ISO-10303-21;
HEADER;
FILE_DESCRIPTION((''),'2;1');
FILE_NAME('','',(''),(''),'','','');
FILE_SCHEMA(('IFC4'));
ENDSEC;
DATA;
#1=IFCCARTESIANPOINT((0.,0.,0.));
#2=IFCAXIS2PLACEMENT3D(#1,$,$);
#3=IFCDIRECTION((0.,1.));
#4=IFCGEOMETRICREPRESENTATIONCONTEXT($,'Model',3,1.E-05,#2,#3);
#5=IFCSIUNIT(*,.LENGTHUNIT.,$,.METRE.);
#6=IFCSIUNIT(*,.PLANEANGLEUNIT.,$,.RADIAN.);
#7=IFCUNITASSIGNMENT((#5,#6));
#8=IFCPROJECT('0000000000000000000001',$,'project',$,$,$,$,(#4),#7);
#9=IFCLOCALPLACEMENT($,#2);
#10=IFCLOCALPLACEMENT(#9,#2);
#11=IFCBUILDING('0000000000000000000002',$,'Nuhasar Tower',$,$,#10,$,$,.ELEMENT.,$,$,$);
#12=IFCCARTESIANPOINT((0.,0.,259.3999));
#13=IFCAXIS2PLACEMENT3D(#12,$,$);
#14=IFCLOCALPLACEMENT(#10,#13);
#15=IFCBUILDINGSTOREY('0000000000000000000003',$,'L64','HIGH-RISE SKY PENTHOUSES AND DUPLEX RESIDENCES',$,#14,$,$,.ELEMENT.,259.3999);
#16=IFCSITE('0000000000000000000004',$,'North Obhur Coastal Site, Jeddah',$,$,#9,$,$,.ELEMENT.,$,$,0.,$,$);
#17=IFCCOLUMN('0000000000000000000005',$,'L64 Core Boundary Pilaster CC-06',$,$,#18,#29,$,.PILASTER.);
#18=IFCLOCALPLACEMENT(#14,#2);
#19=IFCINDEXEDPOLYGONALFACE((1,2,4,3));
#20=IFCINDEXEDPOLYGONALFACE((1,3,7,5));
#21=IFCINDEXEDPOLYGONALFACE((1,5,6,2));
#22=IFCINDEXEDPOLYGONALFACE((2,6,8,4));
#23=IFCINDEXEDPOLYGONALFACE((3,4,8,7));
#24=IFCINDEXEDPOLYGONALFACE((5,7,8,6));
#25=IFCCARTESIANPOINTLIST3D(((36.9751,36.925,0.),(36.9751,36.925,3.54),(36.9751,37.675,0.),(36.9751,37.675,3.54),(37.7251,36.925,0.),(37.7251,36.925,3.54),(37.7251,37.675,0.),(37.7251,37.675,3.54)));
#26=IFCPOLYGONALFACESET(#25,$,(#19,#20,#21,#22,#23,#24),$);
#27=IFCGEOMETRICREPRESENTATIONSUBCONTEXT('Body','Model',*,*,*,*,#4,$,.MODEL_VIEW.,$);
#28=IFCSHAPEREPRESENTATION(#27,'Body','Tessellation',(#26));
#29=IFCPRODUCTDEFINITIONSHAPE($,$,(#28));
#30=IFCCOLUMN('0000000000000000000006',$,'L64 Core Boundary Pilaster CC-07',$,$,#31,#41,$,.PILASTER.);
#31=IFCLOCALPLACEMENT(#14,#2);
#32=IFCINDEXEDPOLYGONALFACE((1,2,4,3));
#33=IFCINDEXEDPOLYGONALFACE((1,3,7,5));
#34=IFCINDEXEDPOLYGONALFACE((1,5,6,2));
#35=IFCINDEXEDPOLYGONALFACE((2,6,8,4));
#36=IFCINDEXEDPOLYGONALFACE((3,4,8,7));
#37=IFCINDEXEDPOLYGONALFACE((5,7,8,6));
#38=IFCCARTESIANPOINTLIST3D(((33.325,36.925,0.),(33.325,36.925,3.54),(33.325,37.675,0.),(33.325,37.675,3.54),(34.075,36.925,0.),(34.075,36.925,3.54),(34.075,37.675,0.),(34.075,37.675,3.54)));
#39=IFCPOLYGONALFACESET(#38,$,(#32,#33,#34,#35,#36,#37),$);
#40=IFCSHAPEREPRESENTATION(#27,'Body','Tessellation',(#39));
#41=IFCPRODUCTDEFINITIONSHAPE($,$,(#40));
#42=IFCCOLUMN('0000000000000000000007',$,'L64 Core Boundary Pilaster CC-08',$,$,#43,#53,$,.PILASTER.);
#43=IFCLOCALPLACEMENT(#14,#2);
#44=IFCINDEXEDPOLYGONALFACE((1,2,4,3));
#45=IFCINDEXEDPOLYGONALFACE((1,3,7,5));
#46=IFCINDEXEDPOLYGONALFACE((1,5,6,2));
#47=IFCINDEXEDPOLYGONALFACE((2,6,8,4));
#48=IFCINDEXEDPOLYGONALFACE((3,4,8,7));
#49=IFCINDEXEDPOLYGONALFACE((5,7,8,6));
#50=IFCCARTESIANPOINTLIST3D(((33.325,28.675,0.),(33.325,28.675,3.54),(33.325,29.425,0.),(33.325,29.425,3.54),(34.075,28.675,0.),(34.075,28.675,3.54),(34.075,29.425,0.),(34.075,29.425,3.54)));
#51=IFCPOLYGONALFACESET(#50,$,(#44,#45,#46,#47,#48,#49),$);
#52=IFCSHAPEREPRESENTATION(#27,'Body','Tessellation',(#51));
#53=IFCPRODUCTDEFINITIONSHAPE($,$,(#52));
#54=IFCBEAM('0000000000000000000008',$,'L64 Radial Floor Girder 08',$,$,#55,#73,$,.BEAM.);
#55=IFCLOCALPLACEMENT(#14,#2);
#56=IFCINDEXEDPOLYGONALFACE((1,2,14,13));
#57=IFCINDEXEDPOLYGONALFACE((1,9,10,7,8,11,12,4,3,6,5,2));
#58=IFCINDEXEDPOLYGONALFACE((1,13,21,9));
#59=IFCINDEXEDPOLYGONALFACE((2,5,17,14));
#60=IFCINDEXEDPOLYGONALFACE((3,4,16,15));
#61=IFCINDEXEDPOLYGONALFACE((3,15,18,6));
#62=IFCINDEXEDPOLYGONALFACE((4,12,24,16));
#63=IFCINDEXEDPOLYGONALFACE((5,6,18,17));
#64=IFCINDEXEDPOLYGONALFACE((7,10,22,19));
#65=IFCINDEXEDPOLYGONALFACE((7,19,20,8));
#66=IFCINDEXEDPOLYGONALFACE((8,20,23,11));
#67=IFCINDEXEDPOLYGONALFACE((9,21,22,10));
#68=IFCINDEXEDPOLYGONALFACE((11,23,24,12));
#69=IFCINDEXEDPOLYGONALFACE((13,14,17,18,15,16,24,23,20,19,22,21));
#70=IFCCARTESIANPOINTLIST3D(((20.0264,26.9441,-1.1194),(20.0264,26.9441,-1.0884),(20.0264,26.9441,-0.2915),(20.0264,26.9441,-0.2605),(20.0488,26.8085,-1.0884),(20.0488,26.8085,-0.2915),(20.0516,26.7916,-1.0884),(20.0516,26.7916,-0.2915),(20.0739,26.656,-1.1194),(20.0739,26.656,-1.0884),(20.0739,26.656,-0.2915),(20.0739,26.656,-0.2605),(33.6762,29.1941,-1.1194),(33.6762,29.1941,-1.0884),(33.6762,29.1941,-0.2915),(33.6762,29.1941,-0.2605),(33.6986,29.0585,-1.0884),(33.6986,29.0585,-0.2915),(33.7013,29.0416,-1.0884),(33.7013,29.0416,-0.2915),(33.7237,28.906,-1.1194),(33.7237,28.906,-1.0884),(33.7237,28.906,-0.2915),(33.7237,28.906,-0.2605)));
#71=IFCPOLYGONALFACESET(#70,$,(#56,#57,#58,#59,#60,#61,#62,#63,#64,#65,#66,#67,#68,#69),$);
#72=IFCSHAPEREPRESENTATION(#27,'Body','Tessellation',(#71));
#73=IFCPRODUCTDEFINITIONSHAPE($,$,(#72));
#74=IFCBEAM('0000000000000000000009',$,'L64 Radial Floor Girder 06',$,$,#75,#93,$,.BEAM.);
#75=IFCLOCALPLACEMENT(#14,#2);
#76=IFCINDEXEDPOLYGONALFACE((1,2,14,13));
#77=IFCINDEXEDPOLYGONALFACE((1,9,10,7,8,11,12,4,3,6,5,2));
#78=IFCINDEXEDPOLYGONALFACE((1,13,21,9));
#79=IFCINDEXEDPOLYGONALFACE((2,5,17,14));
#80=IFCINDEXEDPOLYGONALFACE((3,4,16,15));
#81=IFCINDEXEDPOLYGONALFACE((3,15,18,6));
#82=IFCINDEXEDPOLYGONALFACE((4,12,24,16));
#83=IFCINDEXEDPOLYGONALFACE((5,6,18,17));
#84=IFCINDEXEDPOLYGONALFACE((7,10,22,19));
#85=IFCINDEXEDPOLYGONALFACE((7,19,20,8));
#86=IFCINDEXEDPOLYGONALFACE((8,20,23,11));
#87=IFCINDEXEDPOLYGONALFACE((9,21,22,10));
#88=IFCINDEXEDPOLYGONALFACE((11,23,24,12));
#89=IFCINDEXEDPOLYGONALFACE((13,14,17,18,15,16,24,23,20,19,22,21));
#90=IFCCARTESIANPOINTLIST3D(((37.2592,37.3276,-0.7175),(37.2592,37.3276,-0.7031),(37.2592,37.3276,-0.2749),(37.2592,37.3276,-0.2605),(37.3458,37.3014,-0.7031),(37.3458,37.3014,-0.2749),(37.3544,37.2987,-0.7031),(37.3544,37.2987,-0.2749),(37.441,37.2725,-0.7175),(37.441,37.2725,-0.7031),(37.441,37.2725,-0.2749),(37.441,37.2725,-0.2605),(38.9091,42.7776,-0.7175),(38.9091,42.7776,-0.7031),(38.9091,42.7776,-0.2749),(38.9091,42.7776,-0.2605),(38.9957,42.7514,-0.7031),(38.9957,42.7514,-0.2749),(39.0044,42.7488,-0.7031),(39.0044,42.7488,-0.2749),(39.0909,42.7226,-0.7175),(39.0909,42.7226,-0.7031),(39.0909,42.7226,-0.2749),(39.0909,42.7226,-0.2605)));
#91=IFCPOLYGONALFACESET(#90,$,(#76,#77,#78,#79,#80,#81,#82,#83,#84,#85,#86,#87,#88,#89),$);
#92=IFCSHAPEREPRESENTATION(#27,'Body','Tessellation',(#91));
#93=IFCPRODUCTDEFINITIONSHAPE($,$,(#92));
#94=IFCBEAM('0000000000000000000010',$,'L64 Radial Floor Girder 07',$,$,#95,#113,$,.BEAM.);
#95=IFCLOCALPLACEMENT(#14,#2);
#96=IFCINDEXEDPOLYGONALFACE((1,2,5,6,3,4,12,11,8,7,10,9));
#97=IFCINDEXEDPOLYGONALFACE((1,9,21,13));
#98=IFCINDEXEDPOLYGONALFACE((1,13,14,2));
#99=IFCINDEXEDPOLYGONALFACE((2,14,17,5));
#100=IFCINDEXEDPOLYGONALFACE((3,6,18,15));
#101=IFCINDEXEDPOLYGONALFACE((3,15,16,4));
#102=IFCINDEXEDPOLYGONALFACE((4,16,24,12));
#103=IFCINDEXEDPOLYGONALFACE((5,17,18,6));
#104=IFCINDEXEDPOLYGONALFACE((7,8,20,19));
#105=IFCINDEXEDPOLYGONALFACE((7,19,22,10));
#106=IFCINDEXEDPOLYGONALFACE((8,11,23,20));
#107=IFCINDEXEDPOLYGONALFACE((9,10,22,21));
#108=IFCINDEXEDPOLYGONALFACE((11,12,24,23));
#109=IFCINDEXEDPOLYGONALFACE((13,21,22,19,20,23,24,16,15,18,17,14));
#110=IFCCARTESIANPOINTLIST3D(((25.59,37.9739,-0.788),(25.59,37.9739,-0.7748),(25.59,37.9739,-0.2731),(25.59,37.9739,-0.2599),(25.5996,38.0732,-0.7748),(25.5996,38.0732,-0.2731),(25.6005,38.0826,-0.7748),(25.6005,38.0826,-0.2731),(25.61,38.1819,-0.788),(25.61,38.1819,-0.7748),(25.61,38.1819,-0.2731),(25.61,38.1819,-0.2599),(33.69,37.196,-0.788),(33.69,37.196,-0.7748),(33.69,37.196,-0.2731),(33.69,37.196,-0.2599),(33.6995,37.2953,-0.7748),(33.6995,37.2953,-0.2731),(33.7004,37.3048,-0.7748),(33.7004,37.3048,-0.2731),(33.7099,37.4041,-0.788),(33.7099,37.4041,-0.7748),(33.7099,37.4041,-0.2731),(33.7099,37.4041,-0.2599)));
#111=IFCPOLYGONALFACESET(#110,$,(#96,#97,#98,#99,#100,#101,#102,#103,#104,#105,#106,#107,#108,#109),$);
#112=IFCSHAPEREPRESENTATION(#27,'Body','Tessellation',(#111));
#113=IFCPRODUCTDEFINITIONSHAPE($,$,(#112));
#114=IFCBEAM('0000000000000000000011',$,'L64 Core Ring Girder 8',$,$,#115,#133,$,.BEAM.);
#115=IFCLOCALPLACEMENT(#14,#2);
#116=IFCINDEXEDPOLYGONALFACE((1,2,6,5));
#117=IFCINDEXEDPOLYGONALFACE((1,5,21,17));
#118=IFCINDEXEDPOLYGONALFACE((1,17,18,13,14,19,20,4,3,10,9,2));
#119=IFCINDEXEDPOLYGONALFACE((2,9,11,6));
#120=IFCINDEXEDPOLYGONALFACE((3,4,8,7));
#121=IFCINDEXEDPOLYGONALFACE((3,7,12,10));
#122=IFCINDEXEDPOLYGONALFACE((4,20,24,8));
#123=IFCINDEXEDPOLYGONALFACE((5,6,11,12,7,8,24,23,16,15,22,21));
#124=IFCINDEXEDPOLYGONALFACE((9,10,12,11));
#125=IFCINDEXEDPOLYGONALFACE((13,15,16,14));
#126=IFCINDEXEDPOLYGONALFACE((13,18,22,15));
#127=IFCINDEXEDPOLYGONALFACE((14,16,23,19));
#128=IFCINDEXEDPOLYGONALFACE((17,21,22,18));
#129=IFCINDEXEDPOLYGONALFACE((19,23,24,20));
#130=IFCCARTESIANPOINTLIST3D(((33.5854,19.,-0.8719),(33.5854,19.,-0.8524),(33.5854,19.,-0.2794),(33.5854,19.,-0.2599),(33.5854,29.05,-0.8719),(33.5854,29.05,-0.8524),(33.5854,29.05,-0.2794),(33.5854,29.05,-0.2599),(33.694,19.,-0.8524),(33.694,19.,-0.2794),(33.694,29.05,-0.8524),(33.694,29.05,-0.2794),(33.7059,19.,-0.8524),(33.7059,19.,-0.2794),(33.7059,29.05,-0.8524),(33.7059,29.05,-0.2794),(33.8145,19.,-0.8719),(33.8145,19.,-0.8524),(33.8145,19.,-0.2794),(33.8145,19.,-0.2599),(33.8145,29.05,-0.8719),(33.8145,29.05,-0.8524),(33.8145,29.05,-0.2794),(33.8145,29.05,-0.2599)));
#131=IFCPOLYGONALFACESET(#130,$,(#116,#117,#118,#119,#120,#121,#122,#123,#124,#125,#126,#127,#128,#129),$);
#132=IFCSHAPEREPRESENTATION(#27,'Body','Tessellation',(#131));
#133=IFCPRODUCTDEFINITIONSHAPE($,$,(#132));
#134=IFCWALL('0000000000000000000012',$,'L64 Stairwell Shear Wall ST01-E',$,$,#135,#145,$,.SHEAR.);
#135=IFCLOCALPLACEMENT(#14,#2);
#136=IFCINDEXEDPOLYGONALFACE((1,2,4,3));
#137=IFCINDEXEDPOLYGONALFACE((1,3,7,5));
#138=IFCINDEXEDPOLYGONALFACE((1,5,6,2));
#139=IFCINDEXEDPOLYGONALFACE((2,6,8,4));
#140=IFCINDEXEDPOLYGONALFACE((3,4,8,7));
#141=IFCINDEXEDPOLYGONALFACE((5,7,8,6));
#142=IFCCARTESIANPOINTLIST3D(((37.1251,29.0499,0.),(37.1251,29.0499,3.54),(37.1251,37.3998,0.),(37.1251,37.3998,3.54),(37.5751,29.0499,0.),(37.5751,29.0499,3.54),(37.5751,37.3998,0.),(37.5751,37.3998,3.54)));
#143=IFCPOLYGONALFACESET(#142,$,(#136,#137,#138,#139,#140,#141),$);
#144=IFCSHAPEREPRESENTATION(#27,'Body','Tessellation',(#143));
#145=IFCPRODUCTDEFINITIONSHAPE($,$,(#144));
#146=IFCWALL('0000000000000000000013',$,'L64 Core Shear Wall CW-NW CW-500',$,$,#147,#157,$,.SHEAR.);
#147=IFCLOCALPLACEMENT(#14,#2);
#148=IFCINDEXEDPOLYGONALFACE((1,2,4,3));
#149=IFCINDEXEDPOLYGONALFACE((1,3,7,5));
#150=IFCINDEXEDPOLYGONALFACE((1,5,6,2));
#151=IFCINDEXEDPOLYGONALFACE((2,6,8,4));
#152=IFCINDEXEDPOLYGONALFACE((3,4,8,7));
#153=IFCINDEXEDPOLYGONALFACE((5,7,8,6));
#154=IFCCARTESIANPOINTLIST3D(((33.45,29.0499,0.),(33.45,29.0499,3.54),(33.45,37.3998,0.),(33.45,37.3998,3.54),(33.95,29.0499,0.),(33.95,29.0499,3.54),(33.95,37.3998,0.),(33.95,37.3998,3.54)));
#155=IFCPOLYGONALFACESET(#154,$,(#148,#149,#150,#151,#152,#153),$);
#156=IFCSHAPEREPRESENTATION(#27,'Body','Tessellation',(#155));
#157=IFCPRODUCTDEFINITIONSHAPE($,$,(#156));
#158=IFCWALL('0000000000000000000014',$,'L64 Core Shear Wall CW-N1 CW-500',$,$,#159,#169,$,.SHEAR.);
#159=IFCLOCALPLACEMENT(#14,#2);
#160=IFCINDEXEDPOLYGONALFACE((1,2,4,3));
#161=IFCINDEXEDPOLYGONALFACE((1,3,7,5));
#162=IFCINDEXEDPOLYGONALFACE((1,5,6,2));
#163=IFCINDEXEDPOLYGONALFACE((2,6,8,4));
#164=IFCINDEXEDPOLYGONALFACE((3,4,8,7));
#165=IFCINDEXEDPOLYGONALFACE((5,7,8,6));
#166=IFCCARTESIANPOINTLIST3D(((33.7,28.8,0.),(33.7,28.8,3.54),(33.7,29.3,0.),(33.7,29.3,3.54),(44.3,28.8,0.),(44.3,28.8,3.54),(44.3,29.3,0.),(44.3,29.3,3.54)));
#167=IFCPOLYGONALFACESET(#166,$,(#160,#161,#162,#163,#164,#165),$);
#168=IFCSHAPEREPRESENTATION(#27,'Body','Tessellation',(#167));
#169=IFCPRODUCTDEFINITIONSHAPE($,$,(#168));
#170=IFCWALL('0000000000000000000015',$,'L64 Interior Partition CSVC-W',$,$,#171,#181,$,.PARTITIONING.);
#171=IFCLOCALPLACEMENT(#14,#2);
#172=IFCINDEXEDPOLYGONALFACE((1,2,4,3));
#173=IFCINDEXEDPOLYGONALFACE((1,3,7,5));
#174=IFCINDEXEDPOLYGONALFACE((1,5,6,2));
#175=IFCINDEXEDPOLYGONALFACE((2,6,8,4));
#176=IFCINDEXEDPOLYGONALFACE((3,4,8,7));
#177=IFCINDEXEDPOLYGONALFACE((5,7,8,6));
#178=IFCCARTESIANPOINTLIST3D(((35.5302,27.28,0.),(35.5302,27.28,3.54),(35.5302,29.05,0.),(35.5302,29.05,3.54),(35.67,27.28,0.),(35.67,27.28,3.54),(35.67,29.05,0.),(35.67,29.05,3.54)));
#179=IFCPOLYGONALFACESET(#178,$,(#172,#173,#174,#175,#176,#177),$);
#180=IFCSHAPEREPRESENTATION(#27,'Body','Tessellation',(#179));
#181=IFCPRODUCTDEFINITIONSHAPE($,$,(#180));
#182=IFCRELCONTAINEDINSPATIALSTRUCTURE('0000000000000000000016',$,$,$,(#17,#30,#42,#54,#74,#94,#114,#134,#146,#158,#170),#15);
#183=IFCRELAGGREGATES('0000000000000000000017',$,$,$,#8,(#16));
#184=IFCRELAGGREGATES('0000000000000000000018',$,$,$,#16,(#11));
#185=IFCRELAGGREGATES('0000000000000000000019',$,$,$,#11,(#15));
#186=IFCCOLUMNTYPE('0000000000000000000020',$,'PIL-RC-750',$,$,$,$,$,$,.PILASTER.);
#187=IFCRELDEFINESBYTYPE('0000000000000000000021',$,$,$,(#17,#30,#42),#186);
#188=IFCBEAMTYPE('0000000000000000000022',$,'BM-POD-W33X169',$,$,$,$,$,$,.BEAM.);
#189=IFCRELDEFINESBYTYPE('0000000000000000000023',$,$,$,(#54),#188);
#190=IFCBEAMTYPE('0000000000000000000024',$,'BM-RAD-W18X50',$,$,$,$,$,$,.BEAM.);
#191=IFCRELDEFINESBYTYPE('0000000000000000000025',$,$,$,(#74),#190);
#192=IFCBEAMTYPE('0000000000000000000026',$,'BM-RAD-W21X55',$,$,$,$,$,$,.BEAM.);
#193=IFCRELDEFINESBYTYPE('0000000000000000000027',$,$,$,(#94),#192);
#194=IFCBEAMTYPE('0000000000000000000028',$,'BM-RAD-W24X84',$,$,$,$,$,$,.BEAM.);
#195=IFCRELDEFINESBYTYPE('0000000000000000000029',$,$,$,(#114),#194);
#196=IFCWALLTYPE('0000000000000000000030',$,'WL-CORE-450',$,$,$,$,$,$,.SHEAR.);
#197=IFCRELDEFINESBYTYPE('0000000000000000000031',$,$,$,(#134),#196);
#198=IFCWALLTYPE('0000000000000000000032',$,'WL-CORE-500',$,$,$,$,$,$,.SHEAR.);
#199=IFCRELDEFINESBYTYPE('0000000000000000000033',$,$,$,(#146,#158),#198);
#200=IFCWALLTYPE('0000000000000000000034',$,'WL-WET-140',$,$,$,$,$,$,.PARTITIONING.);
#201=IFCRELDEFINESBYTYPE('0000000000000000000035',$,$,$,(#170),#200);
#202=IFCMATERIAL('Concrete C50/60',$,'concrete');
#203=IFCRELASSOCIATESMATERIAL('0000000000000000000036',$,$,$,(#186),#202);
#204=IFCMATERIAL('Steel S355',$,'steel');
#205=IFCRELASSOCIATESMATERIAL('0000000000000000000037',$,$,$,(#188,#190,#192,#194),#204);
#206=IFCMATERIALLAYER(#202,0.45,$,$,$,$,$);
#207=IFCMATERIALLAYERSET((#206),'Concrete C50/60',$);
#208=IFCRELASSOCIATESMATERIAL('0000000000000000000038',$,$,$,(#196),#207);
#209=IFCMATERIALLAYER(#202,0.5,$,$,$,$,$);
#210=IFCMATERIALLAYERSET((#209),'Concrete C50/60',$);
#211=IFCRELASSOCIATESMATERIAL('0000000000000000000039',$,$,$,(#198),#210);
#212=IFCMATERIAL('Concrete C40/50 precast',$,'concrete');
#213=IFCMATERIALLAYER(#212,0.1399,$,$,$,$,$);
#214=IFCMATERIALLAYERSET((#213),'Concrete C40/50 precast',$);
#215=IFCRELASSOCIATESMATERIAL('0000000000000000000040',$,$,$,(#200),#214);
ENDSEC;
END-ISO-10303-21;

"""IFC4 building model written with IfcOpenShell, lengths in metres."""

from ifc_helpers import new_model, si_unit, direction, frame, frame_2d, origin, origin_2d, place, context, subcontext, project, spatial, rectangle, i_section, extrude, material, layer, layer_set, material_profile, profile_set, type_object, element, save


model = new_model("IFC4")

# Units and contexts
model_context = context("Model", 3, precision=1e-05, world=origin(), true_north=direction((0.0, 1.0)))
body_context = subcontext(model_context, "Body", "Model", "MODEL_VIEW")
ifc_project = project(units=[si_unit("LENGTHUNIT", "METRE"), si_unit("PLANEANGLEUNIT", "RADIAN")], contexts=[model_context])

# Site, building, storey
site_placement = place(None, origin())
site = spatial("IfcSite", under=ifc_project, at=site_placement, Name="North Obhur Coastal Site, Jeddah", CompositionType="ELEMENT", RefElevation=0.0)
building_placement = place(site_placement, origin())
building = spatial("IfcBuilding", under=site, at=building_placement, Name="Nuhasar Tower", CompositionType="ELEMENT")
storey_placement = place(building_placement, frame((0.0, 0.0, 259.3999)))
storey = spatial("IfcBuildingStorey", under=building, at=storey_placement, Name="L64", Description="HIGH-RISE SKY PENTHOUSES AND DUPLEX RESIDENCES", CompositionType="ELEMENT", Elevation=259.3999)

# Columns
ifc_material_1 = material(Name="Concrete C50/60", Category="concrete")
ifc_material_profile_1 = material_profile(ifc_material_1, rectangle(XDim=0.75, YDim=0.75, at=origin_2d()), Name="RC750X750")
ifc_profile_set_1 = profile_set([ifc_material_profile_1], Name="Concrete C50/60")
column_type = type_object("IfcColumnType", Name="PIL-RC-750", PredefinedType="PILASTER", material=ifc_profile_set_1)
for number, where, z_axis, x_axis, name in (
    (1, (37.3501, 37.3, 0.0), (0.0, 0.0, 1.0), (1.0, 0.0, 0.0), "L64 Core Boundary Pilaster CC-06"),
    (2, (33.7, 37.3, 0.0), (0.0, 0.0, 1.0), (1.0, 0.0, 0.0), "L64 Core Boundary Pilaster CC-07"),
    (3, (33.7, 29.05, 0.0), (0.0, 0.0, 1.0), (1.0, 0.0, 0.0), "L64 Core Boundary Pilaster CC-08"),
):
    element("IfcColumn", number, at=place(storey_placement, frame(where, z_axis=z_axis, x_axis=x_axis)), inside=storey, type_object=column_type, Name=name, PredefinedType="PILASTER", context=body_context, shape_type="SweptSolid", body=[
        extrude(rectangle(XDim=0.75, YDim=0.75, at=origin_2d()), origin(), (0.0, 0.0, 1.0), 3.54),
    ])

# Beams
ifc_material_2 = material(Name="Steel S355", Category="steel")
ifc_material_profile_2 = material_profile(ifc_material_2, i_section(OverallWidth=0.292, OverallDepth=0.8589, WebThickness=0.0171, FlangeThickness=0.031, at=origin_2d()), Name="W33X169")
ifc_profile_set_2 = profile_set([ifc_material_profile_2], Name="Steel S355")
beam_type_1 = type_object("IfcBeamType", Name="BM-POD-W33X169", PredefinedType="BEAM", material=ifc_profile_set_2)
beam_1_placement = place(storey_placement, frame((33.7, 29.05, -0.6899), z_axis=(-0.986685, -0.162642, 0.0), x_axis=(0.162642, -0.986685, 0.0)))
element("IfcBeam", 4, at=beam_1_placement, inside=storey, type_object=beam_type_1, Name="L64 Radial Floor Girder 08", PredefinedType="BEAM", context=body_context, shape_type="SweptSolid", body=[
    extrude(i_section(OverallWidth=0.292, OverallDepth=0.8589, WebThickness=0.0171, FlangeThickness=0.031, at=origin_2d()), origin(), (0.0, 0.0, 1.0), 13.834),
])
ifc_material_profile_3 = material_profile(ifc_material_2, i_section(OverallWidth=0.1899, OverallDepth=0.457, WebThickness=0.009, FlangeThickness=0.0144, at=origin_2d()), Name="W18X50")
ifc_profile_set_3 = profile_set([ifc_material_profile_3], Name="Steel S355")
beam_type_2 = type_object("IfcBeamType", Name="BM-RAD-W18X50", PredefinedType="BEAM", material=ifc_profile_set_3)
beam_2_placement = place(storey_placement, frame((37.3501, 37.3, -0.489), z_axis=(0.28975, 0.957102, 0.0), x_axis=(-0.957102, 0.28975, 0.0)))
element("IfcBeam", 5, at=beam_2_placement, inside=storey, type_object=beam_type_2, Name="L64 Radial Floor Girder 06", PredefinedType="BEAM", context=body_context, shape_type="SweptSolid", body=[
    extrude(i_section(OverallWidth=0.1899, OverallDepth=0.457, WebThickness=0.009, FlangeThickness=0.0144, at=origin_2d()), origin(), (0.0, 0.0, 1.0), 5.6943),
])
ifc_material_profile_4 = material_profile(ifc_material_2, i_section(OverallWidth=0.209, OverallDepth=0.5281, WebThickness=0.0095, FlangeThickness=0.0132, at=origin_2d()), Name="W21X55")
ifc_profile_set_4 = profile_set([ifc_material_profile_4], Name="Steel S355")
beam_type_3 = type_object("IfcBeamType", Name="BM-RAD-W21X55", PredefinedType="BEAM", material=ifc_profile_set_4)
beam_3_placement = place(storey_placement, frame((33.7, 37.3, -0.5239), z_axis=(-0.995421, 0.095591, 0.0), x_axis=(-0.095591, -0.995421, 0.0)))
element("IfcBeam", 6, at=beam_3_placement, inside=storey, type_object=beam_type_3, Name="L64 Radial Floor Girder 07", PredefinedType="BEAM", context=body_context, shape_type="SweptSolid", body=[
    extrude(i_section(OverallWidth=0.209, OverallDepth=0.5281, WebThickness=0.0095, FlangeThickness=0.0132, at=origin_2d()), origin(), (0.0, 0.0, 1.0), 8.1372),
])
ifc_material_profile_5 = material_profile(ifc_material_2, i_section(OverallWidth=0.229, OverallDepth=0.6121, WebThickness=0.012, FlangeThickness=0.0195, at=origin_2d()), Name="W24X84")
ifc_profile_set_5 = profile_set([ifc_material_profile_5], Name="Steel S355")
beam_type_4 = type_object("IfcBeamType", Name="BM-RAD-W24X84", PredefinedType="BEAM", material=ifc_profile_set_5)
beam_4_placement = place(storey_placement, frame((33.7, 29.05, -0.5659), z_axis=(0.0, -1.0, 0.0), x_axis=(1.0, 0.0, 0.0)))
element("IfcBeam", 7, at=beam_4_placement, inside=storey, type_object=beam_type_4, Name="L64 Core Ring Girder 8", PredefinedType="BEAM", context=body_context, shape_type="SweptSolid", body=[
    extrude(i_section(OverallWidth=0.229, OverallDepth=0.6121, WebThickness=0.012, FlangeThickness=0.0195, at=origin_2d()), origin(), (0.0, 0.0, 1.0), 10.05),
])

# Walls
ifc_layer_1 = layer(ifc_material_1, 0.45)
ifc_layer_set_1 = layer_set([ifc_layer_1], Name="Concrete C50/60")
wall_type_1 = type_object("IfcWallType", Name="WL-CORE-450", PredefinedType="SHEAR", material=ifc_layer_set_1)
wall_1_placement = place(storey_placement, frame((37.3501, 29.05, 0.0), z_axis=(0.0, 0.0, 1.0), x_axis=(0.0, 1.0, 0.0)))
element("IfcWall", 8, at=wall_1_placement, inside=storey, type_object=wall_type_1, Name="L64 Stairwell Shear Wall ST01-E", PredefinedType="SHEAR", context=body_context, shape_type="SweptSolid", body=[
    extrude(rectangle(XDim=8.3499, YDim=0.45, at=frame_2d((4.1748, 0.0))), origin(), (0.0, 0.0, 1.0), 3.54),
])
ifc_layer_2 = layer(ifc_material_1, 0.5)
ifc_layer_set_2 = layer_set([ifc_layer_2], Name="Concrete C50/60")
wall_type_2 = type_object("IfcWallType", Name="WL-CORE-500", PredefinedType="SHEAR", material=ifc_layer_set_2)
wall_2_placement = place(storey_placement, frame((33.7, 29.05, 0.0), z_axis=(0.0, 0.0, 1.0), x_axis=(0.0, 1.0, 0.0)))
element("IfcWall", 9, at=wall_2_placement, inside=storey, type_object=wall_type_2, Name="L64 Core Shear Wall CW-NW CW-500", PredefinedType="SHEAR", context=body_context, shape_type="SweptSolid", body=[
    extrude(rectangle(XDim=8.3499, YDim=0.5, at=frame_2d((4.1748, 0.0))), origin(), (0.0, 0.0, 1.0), 3.54),
])
wall_3_placement = place(storey_placement, frame((33.7, 29.05, 0.0), z_axis=(0.0, 0.0, 1.0), x_axis=(1.0, 0.0, 0.0)))
element("IfcWall", 10, at=wall_3_placement, inside=storey, type_object=wall_type_2, Name="L64 Core Shear Wall CW-N1 CW-500", PredefinedType="SHEAR", context=body_context, shape_type="SweptSolid", body=[
    extrude(rectangle(XDim=10.6001, YDim=0.5, at=frame_2d((5.3, 0.0))), origin(), (0.0, 0.0, 1.0), 3.54),
])
ifc_material_3 = material(Name="Concrete C40/50 precast", Category="concrete")
ifc_layer_3 = layer(ifc_material_3, 0.1399)
ifc_layer_set_3 = layer_set([ifc_layer_3], Name="Concrete C40/50 precast")
wall_type_3 = type_object("IfcWallType", Name="WL-WET-140", PredefinedType="PARTITIONING", material=ifc_layer_set_3)
wall_4_placement = place(storey_placement, frame((35.6001, 27.28, 0.0), z_axis=(0.0, 0.0, 1.0), x_axis=(0.0, 1.0, 0.0)))
element("IfcWall", 11, at=wall_4_placement, inside=storey, type_object=wall_type_3, Name="L64 Interior Partition CSVC-W", PredefinedType="PARTITIONING", context=body_context, shape_type="SweptSolid", body=[
    extrude(rectangle(XDim=1.77, YDim=0.1399, at=frame_2d((0.885, 0.0))), origin(), (0.0, 0.0, 1.0), 3.54),
])

save(model, "model.ifc")
